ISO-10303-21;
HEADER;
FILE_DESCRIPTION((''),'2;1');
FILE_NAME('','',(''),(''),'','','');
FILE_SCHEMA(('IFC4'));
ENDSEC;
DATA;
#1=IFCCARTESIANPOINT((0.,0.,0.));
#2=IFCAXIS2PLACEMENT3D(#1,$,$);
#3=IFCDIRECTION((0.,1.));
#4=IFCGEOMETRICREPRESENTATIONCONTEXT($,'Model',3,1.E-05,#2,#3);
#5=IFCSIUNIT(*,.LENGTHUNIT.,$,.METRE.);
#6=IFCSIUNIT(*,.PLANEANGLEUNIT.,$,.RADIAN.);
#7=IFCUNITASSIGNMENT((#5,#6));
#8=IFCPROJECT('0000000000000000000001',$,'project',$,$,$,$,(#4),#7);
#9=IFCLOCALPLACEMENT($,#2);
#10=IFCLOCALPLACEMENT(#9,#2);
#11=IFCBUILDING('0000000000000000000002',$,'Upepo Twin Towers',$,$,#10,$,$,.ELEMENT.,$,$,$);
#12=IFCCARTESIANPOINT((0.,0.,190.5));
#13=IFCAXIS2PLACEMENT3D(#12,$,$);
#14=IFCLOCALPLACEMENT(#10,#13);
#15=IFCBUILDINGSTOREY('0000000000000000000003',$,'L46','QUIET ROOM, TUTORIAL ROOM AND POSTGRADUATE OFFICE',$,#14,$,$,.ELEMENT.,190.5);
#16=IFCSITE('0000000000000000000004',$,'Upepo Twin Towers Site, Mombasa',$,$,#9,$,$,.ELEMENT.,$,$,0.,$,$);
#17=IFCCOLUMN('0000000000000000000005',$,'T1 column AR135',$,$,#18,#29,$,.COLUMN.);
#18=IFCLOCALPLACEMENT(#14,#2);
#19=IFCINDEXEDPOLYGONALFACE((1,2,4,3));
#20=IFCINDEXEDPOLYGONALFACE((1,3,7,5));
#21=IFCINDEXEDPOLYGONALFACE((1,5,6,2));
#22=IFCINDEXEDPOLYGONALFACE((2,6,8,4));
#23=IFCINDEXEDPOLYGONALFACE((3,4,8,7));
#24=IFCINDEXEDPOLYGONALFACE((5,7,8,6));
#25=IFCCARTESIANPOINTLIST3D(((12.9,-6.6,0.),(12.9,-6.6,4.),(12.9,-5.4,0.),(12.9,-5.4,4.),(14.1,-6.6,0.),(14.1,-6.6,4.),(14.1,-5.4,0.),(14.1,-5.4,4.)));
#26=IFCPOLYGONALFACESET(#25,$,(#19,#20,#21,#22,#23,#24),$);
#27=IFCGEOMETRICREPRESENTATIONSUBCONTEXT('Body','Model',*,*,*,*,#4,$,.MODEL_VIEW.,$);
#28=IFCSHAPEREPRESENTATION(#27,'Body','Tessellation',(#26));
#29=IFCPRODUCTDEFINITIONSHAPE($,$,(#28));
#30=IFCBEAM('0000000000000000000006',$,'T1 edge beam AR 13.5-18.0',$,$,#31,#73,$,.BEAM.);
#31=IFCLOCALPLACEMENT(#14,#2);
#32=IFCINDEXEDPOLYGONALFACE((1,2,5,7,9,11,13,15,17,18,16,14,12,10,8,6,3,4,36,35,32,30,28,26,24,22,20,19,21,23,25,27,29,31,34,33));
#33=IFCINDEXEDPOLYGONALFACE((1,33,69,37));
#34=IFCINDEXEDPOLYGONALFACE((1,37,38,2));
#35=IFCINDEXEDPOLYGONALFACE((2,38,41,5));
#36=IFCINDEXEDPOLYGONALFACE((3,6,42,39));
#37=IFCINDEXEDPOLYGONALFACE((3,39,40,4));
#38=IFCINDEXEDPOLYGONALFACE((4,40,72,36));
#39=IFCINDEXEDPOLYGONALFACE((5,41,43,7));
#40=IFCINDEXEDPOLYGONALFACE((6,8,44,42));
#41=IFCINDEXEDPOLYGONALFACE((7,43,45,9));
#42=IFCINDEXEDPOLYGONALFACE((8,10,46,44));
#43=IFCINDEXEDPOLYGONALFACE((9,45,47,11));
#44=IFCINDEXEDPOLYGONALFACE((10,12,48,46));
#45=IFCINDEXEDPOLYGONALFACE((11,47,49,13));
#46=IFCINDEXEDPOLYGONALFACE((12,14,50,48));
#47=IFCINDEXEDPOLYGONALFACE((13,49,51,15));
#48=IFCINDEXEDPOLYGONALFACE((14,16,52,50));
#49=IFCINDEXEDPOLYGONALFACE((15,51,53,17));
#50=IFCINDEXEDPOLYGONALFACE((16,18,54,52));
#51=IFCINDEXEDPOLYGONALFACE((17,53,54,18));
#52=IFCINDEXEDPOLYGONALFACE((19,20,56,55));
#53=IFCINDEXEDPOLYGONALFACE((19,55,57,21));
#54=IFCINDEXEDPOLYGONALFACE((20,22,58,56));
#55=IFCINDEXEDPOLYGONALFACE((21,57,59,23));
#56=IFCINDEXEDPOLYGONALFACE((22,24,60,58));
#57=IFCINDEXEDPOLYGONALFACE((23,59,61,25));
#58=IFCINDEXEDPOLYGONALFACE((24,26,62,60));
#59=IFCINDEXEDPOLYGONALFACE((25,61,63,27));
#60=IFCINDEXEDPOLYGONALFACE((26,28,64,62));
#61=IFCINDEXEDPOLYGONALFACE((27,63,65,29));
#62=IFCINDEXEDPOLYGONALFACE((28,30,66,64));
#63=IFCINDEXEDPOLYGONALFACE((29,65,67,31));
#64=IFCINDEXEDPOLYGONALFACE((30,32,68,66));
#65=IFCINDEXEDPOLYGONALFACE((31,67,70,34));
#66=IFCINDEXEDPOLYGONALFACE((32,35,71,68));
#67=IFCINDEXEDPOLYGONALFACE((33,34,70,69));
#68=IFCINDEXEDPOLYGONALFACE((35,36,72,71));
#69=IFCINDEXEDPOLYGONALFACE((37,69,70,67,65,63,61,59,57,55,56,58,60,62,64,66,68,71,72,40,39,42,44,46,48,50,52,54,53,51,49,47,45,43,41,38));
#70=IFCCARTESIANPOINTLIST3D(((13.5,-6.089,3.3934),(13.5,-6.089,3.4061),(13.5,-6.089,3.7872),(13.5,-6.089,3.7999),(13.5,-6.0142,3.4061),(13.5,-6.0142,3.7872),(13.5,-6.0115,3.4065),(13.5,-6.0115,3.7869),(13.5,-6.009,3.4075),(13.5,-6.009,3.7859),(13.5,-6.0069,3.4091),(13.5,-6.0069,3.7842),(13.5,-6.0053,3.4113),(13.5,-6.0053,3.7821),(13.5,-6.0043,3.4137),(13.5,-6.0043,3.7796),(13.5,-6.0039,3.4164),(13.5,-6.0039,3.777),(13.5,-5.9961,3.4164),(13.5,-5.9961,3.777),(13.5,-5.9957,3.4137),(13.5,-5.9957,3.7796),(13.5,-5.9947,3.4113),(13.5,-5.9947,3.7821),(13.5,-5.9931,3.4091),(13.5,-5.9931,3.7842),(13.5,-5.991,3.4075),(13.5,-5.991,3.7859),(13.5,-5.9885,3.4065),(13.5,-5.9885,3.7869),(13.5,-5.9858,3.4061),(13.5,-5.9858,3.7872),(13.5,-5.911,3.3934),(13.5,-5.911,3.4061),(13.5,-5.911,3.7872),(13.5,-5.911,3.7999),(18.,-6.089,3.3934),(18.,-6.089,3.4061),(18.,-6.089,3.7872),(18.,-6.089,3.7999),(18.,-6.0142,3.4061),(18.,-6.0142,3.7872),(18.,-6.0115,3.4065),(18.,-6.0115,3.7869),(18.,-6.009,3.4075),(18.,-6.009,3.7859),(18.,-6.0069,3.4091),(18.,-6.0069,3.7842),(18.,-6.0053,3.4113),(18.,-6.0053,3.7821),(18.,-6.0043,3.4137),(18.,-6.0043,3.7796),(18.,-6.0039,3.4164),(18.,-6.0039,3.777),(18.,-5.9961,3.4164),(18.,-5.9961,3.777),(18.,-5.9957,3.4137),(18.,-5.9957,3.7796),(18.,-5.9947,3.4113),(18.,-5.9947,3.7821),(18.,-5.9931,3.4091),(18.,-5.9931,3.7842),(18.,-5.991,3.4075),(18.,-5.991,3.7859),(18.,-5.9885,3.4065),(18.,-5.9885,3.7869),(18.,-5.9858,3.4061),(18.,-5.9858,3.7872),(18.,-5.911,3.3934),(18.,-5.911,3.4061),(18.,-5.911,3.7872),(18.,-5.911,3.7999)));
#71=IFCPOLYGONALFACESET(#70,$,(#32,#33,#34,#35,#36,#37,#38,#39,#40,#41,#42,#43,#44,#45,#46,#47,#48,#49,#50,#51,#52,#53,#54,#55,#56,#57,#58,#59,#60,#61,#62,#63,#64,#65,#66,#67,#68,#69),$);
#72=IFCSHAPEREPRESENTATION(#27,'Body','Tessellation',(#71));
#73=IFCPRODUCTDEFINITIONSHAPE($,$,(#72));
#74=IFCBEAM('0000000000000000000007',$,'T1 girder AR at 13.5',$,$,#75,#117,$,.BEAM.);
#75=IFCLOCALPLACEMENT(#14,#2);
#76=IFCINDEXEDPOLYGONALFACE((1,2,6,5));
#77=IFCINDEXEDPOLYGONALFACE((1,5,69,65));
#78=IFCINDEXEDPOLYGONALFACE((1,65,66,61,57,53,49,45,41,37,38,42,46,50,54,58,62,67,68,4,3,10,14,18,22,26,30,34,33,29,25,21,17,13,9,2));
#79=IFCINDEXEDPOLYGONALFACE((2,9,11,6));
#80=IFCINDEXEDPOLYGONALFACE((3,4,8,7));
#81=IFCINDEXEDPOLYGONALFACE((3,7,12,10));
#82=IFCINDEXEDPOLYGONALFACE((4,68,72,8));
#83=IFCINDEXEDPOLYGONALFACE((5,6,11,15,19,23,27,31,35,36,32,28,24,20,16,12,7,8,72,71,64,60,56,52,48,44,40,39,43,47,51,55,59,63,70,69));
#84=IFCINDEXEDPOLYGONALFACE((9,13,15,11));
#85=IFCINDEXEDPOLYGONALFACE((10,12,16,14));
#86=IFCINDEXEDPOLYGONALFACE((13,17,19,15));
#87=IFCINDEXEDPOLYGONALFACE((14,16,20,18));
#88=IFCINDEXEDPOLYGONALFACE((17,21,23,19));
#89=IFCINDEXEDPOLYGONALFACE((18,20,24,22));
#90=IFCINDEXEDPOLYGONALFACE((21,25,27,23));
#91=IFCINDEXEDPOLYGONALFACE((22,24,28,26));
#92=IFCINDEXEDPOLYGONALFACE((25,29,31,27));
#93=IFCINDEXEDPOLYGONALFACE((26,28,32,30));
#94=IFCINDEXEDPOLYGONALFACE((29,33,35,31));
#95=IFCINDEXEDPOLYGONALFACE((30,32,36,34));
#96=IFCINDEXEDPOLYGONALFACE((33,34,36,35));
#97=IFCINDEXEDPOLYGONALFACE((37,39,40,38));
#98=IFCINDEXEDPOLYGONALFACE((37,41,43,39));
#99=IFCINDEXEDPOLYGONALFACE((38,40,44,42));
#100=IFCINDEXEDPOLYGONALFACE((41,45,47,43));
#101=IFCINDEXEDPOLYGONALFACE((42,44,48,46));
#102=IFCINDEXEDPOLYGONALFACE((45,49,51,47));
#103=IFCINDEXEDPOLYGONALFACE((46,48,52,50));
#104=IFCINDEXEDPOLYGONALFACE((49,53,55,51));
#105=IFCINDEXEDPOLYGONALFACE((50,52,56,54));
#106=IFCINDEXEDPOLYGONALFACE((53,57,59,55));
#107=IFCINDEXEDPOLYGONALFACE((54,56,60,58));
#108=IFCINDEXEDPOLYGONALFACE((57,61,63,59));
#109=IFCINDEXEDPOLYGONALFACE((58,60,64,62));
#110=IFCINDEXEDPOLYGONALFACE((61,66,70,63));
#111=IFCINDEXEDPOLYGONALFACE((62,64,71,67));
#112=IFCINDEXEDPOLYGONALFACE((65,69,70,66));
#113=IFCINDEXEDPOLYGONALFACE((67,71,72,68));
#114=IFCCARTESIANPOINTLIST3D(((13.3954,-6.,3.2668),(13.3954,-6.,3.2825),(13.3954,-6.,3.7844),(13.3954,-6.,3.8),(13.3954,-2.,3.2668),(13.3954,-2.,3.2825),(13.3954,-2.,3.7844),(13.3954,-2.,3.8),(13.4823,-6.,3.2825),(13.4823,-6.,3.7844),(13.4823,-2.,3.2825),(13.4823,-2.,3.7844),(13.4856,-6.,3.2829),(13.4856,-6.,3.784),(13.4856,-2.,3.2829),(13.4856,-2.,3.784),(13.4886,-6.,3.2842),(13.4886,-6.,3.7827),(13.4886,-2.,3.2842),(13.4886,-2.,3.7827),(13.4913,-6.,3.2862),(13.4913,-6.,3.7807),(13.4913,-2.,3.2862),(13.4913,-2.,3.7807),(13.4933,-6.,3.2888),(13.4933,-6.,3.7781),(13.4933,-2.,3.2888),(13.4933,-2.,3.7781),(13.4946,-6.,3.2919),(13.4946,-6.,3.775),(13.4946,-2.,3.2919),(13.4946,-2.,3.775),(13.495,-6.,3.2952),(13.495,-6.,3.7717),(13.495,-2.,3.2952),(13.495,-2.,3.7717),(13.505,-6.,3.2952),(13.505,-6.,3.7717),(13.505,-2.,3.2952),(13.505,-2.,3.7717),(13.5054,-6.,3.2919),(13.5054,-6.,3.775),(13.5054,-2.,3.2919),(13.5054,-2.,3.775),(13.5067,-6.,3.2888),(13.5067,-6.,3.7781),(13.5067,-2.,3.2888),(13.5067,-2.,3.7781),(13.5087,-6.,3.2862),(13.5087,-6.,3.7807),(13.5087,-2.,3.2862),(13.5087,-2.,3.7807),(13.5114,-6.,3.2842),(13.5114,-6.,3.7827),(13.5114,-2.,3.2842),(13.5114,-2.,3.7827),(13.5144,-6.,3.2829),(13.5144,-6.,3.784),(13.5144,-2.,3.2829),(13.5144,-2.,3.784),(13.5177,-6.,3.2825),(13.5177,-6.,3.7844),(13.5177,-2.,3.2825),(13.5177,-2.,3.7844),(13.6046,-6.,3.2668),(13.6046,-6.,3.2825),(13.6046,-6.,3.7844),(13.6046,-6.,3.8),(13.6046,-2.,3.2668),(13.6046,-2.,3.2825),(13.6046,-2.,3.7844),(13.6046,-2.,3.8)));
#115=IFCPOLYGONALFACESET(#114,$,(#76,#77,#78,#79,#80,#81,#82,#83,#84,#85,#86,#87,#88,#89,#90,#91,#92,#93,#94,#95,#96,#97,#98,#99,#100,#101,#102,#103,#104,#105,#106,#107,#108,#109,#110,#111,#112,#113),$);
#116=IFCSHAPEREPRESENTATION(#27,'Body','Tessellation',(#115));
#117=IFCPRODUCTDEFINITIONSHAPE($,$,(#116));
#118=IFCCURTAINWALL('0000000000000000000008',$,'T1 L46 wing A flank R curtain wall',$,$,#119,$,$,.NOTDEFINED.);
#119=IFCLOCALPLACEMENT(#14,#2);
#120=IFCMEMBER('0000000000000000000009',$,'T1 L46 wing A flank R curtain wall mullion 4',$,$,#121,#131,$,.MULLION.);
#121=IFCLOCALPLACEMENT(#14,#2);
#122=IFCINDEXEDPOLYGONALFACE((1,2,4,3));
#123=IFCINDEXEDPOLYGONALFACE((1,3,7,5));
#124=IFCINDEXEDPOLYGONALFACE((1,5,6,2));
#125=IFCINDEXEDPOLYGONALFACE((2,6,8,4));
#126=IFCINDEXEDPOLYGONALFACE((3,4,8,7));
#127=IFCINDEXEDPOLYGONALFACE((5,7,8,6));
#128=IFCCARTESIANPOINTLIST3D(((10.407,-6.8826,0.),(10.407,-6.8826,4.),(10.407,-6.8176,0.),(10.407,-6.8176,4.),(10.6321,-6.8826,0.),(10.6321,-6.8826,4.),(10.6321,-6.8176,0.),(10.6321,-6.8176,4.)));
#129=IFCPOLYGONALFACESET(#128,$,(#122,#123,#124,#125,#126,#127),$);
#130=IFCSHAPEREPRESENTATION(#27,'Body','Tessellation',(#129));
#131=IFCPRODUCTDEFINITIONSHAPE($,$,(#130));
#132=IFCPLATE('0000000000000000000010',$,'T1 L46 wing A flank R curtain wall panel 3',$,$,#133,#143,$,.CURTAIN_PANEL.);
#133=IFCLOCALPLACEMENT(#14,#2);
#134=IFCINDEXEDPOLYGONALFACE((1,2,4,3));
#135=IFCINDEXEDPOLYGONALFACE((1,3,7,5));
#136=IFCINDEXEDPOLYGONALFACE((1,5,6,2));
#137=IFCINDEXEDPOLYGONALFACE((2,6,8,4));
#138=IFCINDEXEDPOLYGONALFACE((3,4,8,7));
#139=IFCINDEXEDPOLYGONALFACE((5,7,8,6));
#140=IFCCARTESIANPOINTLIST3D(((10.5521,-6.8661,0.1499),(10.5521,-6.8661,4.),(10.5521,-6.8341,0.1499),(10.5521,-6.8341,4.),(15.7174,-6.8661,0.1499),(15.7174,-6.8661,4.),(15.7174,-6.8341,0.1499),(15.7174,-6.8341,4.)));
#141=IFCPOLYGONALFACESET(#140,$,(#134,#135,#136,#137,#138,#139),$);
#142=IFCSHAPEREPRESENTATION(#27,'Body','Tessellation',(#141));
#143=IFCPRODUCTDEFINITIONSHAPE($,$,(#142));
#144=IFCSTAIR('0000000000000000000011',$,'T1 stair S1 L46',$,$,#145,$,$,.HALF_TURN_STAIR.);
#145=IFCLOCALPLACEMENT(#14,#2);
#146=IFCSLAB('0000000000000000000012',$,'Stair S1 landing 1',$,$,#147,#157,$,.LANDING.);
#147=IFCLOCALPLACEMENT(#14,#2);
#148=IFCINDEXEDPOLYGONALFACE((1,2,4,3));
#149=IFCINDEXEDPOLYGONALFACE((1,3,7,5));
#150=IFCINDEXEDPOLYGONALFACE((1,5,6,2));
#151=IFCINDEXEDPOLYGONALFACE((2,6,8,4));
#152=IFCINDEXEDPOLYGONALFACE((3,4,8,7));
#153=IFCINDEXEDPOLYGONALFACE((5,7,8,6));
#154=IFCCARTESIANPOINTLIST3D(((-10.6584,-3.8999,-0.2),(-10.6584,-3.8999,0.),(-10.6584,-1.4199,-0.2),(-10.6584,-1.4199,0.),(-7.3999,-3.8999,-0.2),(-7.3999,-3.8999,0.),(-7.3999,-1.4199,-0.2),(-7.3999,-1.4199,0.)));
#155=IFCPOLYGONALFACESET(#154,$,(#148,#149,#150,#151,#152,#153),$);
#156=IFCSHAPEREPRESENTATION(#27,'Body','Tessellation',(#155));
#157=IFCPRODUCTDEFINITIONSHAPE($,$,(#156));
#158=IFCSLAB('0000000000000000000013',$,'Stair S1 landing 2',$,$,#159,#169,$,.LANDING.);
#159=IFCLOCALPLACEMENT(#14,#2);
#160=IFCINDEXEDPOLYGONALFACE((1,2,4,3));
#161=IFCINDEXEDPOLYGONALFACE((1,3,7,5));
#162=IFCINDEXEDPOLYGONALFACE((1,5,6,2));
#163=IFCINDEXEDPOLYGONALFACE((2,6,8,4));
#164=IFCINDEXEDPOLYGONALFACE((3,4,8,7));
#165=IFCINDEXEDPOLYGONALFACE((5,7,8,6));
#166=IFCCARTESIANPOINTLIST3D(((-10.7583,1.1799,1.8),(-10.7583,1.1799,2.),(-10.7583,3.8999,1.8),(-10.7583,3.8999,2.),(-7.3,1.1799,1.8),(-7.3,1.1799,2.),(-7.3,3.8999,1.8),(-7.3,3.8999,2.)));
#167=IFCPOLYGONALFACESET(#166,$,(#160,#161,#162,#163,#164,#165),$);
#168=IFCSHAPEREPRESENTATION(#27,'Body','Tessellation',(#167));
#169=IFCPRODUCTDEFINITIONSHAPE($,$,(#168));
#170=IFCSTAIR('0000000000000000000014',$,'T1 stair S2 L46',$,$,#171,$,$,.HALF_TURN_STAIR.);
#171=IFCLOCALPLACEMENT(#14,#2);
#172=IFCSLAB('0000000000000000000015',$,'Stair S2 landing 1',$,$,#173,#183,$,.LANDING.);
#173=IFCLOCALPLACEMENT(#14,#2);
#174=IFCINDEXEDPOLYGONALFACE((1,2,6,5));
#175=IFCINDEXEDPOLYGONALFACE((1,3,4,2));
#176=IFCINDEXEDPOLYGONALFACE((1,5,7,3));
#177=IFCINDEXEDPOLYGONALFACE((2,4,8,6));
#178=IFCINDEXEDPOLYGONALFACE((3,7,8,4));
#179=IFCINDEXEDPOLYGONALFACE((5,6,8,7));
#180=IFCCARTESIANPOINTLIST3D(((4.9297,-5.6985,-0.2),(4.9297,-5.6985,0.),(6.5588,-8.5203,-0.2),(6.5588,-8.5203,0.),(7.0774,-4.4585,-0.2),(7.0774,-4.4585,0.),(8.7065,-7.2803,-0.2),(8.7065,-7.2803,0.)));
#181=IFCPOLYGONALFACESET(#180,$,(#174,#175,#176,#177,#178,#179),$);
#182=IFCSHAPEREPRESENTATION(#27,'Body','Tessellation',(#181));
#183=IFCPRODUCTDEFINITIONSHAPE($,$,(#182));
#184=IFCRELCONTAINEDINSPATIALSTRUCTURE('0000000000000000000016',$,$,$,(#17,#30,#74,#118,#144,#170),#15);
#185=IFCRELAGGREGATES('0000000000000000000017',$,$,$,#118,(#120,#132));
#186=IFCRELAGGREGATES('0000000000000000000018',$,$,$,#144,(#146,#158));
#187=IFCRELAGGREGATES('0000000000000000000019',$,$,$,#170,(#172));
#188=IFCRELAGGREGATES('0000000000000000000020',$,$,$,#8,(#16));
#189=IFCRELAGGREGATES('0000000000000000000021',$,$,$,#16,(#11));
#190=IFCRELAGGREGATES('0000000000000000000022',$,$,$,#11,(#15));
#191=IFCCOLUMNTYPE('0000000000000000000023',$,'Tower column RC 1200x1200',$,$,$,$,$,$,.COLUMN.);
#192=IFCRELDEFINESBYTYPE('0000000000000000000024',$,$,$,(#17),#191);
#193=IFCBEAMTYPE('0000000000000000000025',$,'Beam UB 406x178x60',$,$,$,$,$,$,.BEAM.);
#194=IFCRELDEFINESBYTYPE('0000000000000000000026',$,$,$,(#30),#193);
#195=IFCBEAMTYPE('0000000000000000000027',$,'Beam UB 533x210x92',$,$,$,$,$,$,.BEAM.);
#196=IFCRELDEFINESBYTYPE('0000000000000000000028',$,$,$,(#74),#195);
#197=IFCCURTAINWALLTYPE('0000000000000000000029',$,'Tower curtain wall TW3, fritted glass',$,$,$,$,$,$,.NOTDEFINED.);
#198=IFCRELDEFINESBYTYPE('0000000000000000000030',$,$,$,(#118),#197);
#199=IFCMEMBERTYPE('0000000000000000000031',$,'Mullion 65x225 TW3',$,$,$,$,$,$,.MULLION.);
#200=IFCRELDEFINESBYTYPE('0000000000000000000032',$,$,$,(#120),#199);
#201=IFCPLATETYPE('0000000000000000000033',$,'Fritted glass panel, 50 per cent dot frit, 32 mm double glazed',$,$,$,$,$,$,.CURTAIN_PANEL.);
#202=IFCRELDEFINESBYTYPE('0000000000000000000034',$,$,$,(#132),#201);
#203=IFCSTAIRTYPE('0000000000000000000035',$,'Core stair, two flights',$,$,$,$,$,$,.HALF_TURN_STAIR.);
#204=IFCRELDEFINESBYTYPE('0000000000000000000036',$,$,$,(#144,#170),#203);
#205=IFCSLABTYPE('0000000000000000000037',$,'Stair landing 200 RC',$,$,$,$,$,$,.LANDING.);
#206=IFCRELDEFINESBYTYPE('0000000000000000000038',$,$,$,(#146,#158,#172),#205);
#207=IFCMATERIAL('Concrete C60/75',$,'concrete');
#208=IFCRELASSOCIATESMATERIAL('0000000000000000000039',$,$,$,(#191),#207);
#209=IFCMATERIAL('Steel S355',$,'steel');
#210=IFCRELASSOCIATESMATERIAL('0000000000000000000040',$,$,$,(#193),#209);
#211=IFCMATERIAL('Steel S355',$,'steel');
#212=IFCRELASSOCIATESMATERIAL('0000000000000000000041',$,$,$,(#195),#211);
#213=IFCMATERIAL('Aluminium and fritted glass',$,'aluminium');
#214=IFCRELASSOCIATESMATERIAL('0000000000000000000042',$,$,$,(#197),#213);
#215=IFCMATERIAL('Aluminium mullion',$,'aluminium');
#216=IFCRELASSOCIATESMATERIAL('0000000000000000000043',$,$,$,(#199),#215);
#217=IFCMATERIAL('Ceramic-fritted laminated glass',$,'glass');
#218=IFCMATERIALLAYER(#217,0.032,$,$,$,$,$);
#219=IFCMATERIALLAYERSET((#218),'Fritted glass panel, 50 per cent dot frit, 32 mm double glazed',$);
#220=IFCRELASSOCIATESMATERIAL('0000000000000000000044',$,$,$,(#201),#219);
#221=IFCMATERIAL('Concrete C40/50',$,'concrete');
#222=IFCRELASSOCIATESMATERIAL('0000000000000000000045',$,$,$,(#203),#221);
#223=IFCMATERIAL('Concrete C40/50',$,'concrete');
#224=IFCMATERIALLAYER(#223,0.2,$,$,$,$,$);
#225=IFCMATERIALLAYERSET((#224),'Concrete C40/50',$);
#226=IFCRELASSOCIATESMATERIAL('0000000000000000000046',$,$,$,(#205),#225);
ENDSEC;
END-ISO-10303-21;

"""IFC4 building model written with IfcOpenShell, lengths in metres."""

from ifc_helpers import new_model, si_unit, direction, frame, origin, origin_2d, place, context, subcontext, project, spatial, polyline, rectangle, i_section, outline, extrude, material, layer, layer_set, material_profile, profile_set, type_object, element, aggregate, save


model = new_model("IFC4")

# Units and contexts
model_context = context("Model", 3, precision=1e-05, world=origin(), true_north=direction((0.0, 1.0)))
body_context = subcontext(model_context, "Body", "Model", "MODEL_VIEW")
ifc_project = project(units=[si_unit("LENGTHUNIT", "METRE"), si_unit("PLANEANGLEUNIT", "RADIAN")], contexts=[model_context])

# Site, building, storey
site_placement = place(None, origin())
site = spatial("IfcSite", under=ifc_project, at=site_placement, Name="Upepo Twin Towers Site, Mombasa", CompositionType="ELEMENT", RefElevation=0.0)
building_placement = place(site_placement, origin())
building = spatial("IfcBuilding", under=site, at=building_placement, Name="Upepo Twin Towers", CompositionType="ELEMENT")
storey_placement = place(building_placement, frame((0.0, 0.0, 190.5)))
storey = spatial("IfcBuildingStorey", under=building, at=storey_placement, Name="L46", Description="QUIET ROOM, TUTORIAL ROOM AND POSTGRADUATE OFFICE", CompositionType="ELEMENT", Elevation=190.5)

# Column
ifc_material_1 = material(Name="Concrete C60/75", Category="concrete")
ifc_material_profile_1 = material_profile(ifc_material_1, rectangle(XDim=1.2, YDim=1.2, at=origin_2d()), Name="RC 1200x1200")
ifc_profile_set_1 = profile_set([ifc_material_profile_1], Name="Concrete C60/75")
column_type = type_object("IfcColumnType", Name="Tower column RC 1200x1200", PredefinedType="COLUMN", material=ifc_profile_set_1)
column_placement = place(storey_placement, frame((13.5, -6.0, 0.0), z_axis=(0.0, 0.0, 1.0), x_axis=(1.0, 0.0, 0.0)))
element("IfcColumn", 1, at=column_placement, inside=storey, type_object=column_type, Name="T1 column AR135", PredefinedType="COLUMN", context=body_context, shape_type="SweptSolid", body=[
    extrude(rectangle(XDim=1.2, YDim=1.2, at=origin_2d()), origin(), (0.0, 0.0, 1.0), 4.0),
])

# Beams
ifc_material_2 = material(Name="Steel S355", Category="steel")
ifc_material_profile_2 = material_profile(ifc_material_2, i_section(OverallWidth=0.178, OverallDepth=0.4065, WebThickness=0.0078, FlangeThickness=0.0127, FilletRadius=0.0103, at=origin_2d()), Name="UB 406x178x60")
ifc_profile_set_2 = profile_set([ifc_material_profile_2], Name="Steel S355")
beam_type_1 = type_object("IfcBeamType", Name="Beam UB 406x178x60", PredefinedType="BEAM", material=ifc_profile_set_2)
beam_1_placement = place(storey_placement, frame((13.5, -6.0, 3.5967), z_axis=(1.0, 0.0, 0.0), x_axis=(0.0, 1.0, 0.0)))
element("IfcBeam", 2, at=beam_1_placement, inside=storey, type_object=beam_type_1, Name="T1 edge beam AR 13.5-18.0", PredefinedType="BEAM", context=body_context, shape_type="SweptSolid", body=[
    extrude(i_section(OverallWidth=0.178, OverallDepth=0.4065, WebThickness=0.0078, FlangeThickness=0.0127, FilletRadius=0.0103, at=origin_2d()), origin(), (0.0, 0.0, 1.0), 4.5),
])
ifc_material_3 = material(Name="Steel S355", Category="steel")
ifc_material_profile_3 = material_profile(ifc_material_3, i_section(OverallWidth=0.2092, OverallDepth=0.5332, WebThickness=0.01, FlangeThickness=0.0156, FilletRadius=0.0127, at=origin_2d()), Name="UB 533x210x92")
ifc_profile_set_3 = profile_set([ifc_material_profile_3], Name="Steel S355")
beam_type_2 = type_object("IfcBeamType", Name="Beam UB 533x210x92", PredefinedType="BEAM", material=ifc_profile_set_3)
beam_2_placement = place(storey_placement, frame((13.5, -6.0, 3.5334), z_axis=(0.0, 1.0, 0.0), x_axis=(-1.0, 0.0, 0.0)))
element("IfcBeam", 3, at=beam_2_placement, inside=storey, type_object=beam_type_2, Name="T1 girder AR at 13.5", PredefinedType="BEAM", context=body_context, shape_type="SweptSolid", body=[
    extrude(i_section(OverallWidth=0.2092, OverallDepth=0.5332, WebThickness=0.01, FlangeThickness=0.0156, FilletRadius=0.0127, at=origin_2d()), origin(), (0.0, 0.0, 1.0), 4.0),
])

# Curtain wall, member, plate
ifc_material_4 = material(Name="Aluminium and fritted glass", Category="aluminium")
curtain_wall_type = type_object("IfcCurtainWallType", Name="Tower curtain wall TW3, fritted glass", PredefinedType="NOTDEFINED", material=ifc_material_4)
curtain_wall_placement = place(storey_placement, origin())
curtain_wall = element("IfcCurtainWall", 4, at=curtain_wall_placement, inside=storey, type_object=curtain_wall_type, Name="T1 L46 wing A flank R curtain wall", PredefinedType="NOTDEFINED")
ifc_material_5 = material(Name="Aluminium mullion", Category="aluminium")
ifc_material_profile_4 = material_profile(ifc_material_5, rectangle(XDim=0.0649, YDim=0.2251, at=origin_2d()), Name="MULLION 65x225")
ifc_profile_set_4 = profile_set([ifc_material_profile_4], Name="Aluminium mullion")
member_type = type_object("IfcMemberType", Name="Mullion 65x225 TW3", PredefinedType="MULLION", material=ifc_profile_set_4)
member_placement = place(storey_placement, frame((10.5195, -6.8501, 0.0), z_axis=(0.0, 0.0, 1.0), x_axis=(0.0, -1.0, 0.0)))
member = element("IfcMember", 5, at=member_placement, type_object=member_type, Name="T1 L46 wing A flank R curtain wall mullion 4", PredefinedType="MULLION", context=body_context, shape_type="SweptSolid", body=[
    extrude(rectangle(XDim=0.0649, YDim=0.2251, at=origin_2d()), origin(), (0.0, 0.0, 1.0), 4.0),
])
ifc_material_6 = material(Name="Ceramic-fritted laminated glass", Category="glass")
ifc_layer_1 = layer(ifc_material_6, 0.032)
ifc_layer_set_1 = layer_set([ifc_layer_1], Name="Fritted glass panel, 50 per cent dot frit, 32 mm double glazed")
plate_type = type_object("IfcPlateType", Name="Fritted glass panel, 50 per cent dot frit, 32 mm double glazed", PredefinedType="CURTAIN_PANEL", material=ifc_layer_set_1)
plate_placement = place(storey_placement, frame((13.1348, -6.8501, 0.1499), z_axis=(0.0, 0.0, 1.0), x_axis=(-1.0, 0.0, 0.0)))
plate = element("IfcPlate", 6, at=plate_placement, type_object=plate_type, Name="T1 L46 wing A flank R curtain wall panel 3", PredefinedType="CURTAIN_PANEL", context=body_context, shape_type="SweptSolid", body=[
    extrude(rectangle(XDim=5.1653, YDim=0.032, at=origin_2d()), origin(), (0.0, 0.0, 1.0), 3.8501),
])
aggregate(curtain_wall, [member, plate])

# Stair, slabs
ifc_material_7 = material(Name="Concrete C40/50", Category="concrete")
stair_type = type_object("IfcStairType", Name="Core stair, two flights", PredefinedType="HALF_TURN_STAIR", material=ifc_material_7)
stair_1_placement = place(storey_placement, origin())
stair_1 = element("IfcStair", 7, at=stair_1_placement, inside=storey, type_object=stair_type, Name="T1 stair S1 L46", PredefinedType="HALF_TURN_STAIR")
ifc_material_8 = material(Name="Concrete C40/50", Category="concrete")
ifc_layer_2 = layer(ifc_material_8, 0.2)
ifc_layer_set_2 = layer_set([ifc_layer_2], Name="Concrete C40/50")
slab_type_1 = type_object("IfcSlabType", Name="Stair landing 200 RC", PredefinedType="LANDING", material=ifc_layer_set_2)
slab_1_placement = place(storey_placement, frame((0.0, 0.0, -0.2)))
slab_1 = element("IfcSlab", 8, at=slab_1_placement, type_object=slab_type_1, Name="Stair S1 landing 1", PredefinedType="LANDING", context=body_context, shape_type="SweptSolid", body=[
    extrude(outline(polyline([(-7.3999, -1.4199), (-10.6584, -1.4199), (-10.6584, -3.8999), (-7.3999, -3.8999), (-7.3999, -1.4199)])), origin(), (0.0, 0.0, 1.0), 0.2),
])
slab_2_placement = place(storey_placement, frame((0.0, 0.0, 1.8)))
slab_2 = element("IfcSlab", 9, at=slab_2_placement, type_object=slab_type_1, Name="Stair S1 landing 2", PredefinedType="LANDING", context=body_context, shape_type="SweptSolid", body=[
    extrude(outline(polyline([(-7.3, 3.8999), (-10.7583, 3.8999), (-10.7583, 1.1799), (-7.3, 1.1799), (-7.3, 3.8999)])), origin(), (0.0, 0.0, 1.0), 0.2),
])
aggregate(stair_1, [slab_1, slab_2])

# Stair, slab
stair_2_placement = place(storey_placement, origin())
stair_2 = element("IfcStair", 10, at=stair_2_placement, inside=storey, type_object=stair_type, Name="T1 stair S2 L46", PredefinedType="HALF_TURN_STAIR")
slab_3_placement = place(storey_placement, frame((0.0, 0.0, -0.2)))
slab_3 = element("IfcSlab", 11, at=slab_3_placement, type_object=slab_type_1, Name="Stair S2 landing 1", PredefinedType="LANDING", context=body_context, shape_type="SweptSolid", body=[
    extrude(outline(polyline([(4.9297, -5.6985), (6.5588, -8.5203), (8.7065, -7.2803), (7.0774, -4.4585), (4.9297, -5.6985)])), origin(), (0.0, 0.0, 1.0), 0.2),
])

aggregate(stair_2, [slab_3])

save(model, "model.ifc")
